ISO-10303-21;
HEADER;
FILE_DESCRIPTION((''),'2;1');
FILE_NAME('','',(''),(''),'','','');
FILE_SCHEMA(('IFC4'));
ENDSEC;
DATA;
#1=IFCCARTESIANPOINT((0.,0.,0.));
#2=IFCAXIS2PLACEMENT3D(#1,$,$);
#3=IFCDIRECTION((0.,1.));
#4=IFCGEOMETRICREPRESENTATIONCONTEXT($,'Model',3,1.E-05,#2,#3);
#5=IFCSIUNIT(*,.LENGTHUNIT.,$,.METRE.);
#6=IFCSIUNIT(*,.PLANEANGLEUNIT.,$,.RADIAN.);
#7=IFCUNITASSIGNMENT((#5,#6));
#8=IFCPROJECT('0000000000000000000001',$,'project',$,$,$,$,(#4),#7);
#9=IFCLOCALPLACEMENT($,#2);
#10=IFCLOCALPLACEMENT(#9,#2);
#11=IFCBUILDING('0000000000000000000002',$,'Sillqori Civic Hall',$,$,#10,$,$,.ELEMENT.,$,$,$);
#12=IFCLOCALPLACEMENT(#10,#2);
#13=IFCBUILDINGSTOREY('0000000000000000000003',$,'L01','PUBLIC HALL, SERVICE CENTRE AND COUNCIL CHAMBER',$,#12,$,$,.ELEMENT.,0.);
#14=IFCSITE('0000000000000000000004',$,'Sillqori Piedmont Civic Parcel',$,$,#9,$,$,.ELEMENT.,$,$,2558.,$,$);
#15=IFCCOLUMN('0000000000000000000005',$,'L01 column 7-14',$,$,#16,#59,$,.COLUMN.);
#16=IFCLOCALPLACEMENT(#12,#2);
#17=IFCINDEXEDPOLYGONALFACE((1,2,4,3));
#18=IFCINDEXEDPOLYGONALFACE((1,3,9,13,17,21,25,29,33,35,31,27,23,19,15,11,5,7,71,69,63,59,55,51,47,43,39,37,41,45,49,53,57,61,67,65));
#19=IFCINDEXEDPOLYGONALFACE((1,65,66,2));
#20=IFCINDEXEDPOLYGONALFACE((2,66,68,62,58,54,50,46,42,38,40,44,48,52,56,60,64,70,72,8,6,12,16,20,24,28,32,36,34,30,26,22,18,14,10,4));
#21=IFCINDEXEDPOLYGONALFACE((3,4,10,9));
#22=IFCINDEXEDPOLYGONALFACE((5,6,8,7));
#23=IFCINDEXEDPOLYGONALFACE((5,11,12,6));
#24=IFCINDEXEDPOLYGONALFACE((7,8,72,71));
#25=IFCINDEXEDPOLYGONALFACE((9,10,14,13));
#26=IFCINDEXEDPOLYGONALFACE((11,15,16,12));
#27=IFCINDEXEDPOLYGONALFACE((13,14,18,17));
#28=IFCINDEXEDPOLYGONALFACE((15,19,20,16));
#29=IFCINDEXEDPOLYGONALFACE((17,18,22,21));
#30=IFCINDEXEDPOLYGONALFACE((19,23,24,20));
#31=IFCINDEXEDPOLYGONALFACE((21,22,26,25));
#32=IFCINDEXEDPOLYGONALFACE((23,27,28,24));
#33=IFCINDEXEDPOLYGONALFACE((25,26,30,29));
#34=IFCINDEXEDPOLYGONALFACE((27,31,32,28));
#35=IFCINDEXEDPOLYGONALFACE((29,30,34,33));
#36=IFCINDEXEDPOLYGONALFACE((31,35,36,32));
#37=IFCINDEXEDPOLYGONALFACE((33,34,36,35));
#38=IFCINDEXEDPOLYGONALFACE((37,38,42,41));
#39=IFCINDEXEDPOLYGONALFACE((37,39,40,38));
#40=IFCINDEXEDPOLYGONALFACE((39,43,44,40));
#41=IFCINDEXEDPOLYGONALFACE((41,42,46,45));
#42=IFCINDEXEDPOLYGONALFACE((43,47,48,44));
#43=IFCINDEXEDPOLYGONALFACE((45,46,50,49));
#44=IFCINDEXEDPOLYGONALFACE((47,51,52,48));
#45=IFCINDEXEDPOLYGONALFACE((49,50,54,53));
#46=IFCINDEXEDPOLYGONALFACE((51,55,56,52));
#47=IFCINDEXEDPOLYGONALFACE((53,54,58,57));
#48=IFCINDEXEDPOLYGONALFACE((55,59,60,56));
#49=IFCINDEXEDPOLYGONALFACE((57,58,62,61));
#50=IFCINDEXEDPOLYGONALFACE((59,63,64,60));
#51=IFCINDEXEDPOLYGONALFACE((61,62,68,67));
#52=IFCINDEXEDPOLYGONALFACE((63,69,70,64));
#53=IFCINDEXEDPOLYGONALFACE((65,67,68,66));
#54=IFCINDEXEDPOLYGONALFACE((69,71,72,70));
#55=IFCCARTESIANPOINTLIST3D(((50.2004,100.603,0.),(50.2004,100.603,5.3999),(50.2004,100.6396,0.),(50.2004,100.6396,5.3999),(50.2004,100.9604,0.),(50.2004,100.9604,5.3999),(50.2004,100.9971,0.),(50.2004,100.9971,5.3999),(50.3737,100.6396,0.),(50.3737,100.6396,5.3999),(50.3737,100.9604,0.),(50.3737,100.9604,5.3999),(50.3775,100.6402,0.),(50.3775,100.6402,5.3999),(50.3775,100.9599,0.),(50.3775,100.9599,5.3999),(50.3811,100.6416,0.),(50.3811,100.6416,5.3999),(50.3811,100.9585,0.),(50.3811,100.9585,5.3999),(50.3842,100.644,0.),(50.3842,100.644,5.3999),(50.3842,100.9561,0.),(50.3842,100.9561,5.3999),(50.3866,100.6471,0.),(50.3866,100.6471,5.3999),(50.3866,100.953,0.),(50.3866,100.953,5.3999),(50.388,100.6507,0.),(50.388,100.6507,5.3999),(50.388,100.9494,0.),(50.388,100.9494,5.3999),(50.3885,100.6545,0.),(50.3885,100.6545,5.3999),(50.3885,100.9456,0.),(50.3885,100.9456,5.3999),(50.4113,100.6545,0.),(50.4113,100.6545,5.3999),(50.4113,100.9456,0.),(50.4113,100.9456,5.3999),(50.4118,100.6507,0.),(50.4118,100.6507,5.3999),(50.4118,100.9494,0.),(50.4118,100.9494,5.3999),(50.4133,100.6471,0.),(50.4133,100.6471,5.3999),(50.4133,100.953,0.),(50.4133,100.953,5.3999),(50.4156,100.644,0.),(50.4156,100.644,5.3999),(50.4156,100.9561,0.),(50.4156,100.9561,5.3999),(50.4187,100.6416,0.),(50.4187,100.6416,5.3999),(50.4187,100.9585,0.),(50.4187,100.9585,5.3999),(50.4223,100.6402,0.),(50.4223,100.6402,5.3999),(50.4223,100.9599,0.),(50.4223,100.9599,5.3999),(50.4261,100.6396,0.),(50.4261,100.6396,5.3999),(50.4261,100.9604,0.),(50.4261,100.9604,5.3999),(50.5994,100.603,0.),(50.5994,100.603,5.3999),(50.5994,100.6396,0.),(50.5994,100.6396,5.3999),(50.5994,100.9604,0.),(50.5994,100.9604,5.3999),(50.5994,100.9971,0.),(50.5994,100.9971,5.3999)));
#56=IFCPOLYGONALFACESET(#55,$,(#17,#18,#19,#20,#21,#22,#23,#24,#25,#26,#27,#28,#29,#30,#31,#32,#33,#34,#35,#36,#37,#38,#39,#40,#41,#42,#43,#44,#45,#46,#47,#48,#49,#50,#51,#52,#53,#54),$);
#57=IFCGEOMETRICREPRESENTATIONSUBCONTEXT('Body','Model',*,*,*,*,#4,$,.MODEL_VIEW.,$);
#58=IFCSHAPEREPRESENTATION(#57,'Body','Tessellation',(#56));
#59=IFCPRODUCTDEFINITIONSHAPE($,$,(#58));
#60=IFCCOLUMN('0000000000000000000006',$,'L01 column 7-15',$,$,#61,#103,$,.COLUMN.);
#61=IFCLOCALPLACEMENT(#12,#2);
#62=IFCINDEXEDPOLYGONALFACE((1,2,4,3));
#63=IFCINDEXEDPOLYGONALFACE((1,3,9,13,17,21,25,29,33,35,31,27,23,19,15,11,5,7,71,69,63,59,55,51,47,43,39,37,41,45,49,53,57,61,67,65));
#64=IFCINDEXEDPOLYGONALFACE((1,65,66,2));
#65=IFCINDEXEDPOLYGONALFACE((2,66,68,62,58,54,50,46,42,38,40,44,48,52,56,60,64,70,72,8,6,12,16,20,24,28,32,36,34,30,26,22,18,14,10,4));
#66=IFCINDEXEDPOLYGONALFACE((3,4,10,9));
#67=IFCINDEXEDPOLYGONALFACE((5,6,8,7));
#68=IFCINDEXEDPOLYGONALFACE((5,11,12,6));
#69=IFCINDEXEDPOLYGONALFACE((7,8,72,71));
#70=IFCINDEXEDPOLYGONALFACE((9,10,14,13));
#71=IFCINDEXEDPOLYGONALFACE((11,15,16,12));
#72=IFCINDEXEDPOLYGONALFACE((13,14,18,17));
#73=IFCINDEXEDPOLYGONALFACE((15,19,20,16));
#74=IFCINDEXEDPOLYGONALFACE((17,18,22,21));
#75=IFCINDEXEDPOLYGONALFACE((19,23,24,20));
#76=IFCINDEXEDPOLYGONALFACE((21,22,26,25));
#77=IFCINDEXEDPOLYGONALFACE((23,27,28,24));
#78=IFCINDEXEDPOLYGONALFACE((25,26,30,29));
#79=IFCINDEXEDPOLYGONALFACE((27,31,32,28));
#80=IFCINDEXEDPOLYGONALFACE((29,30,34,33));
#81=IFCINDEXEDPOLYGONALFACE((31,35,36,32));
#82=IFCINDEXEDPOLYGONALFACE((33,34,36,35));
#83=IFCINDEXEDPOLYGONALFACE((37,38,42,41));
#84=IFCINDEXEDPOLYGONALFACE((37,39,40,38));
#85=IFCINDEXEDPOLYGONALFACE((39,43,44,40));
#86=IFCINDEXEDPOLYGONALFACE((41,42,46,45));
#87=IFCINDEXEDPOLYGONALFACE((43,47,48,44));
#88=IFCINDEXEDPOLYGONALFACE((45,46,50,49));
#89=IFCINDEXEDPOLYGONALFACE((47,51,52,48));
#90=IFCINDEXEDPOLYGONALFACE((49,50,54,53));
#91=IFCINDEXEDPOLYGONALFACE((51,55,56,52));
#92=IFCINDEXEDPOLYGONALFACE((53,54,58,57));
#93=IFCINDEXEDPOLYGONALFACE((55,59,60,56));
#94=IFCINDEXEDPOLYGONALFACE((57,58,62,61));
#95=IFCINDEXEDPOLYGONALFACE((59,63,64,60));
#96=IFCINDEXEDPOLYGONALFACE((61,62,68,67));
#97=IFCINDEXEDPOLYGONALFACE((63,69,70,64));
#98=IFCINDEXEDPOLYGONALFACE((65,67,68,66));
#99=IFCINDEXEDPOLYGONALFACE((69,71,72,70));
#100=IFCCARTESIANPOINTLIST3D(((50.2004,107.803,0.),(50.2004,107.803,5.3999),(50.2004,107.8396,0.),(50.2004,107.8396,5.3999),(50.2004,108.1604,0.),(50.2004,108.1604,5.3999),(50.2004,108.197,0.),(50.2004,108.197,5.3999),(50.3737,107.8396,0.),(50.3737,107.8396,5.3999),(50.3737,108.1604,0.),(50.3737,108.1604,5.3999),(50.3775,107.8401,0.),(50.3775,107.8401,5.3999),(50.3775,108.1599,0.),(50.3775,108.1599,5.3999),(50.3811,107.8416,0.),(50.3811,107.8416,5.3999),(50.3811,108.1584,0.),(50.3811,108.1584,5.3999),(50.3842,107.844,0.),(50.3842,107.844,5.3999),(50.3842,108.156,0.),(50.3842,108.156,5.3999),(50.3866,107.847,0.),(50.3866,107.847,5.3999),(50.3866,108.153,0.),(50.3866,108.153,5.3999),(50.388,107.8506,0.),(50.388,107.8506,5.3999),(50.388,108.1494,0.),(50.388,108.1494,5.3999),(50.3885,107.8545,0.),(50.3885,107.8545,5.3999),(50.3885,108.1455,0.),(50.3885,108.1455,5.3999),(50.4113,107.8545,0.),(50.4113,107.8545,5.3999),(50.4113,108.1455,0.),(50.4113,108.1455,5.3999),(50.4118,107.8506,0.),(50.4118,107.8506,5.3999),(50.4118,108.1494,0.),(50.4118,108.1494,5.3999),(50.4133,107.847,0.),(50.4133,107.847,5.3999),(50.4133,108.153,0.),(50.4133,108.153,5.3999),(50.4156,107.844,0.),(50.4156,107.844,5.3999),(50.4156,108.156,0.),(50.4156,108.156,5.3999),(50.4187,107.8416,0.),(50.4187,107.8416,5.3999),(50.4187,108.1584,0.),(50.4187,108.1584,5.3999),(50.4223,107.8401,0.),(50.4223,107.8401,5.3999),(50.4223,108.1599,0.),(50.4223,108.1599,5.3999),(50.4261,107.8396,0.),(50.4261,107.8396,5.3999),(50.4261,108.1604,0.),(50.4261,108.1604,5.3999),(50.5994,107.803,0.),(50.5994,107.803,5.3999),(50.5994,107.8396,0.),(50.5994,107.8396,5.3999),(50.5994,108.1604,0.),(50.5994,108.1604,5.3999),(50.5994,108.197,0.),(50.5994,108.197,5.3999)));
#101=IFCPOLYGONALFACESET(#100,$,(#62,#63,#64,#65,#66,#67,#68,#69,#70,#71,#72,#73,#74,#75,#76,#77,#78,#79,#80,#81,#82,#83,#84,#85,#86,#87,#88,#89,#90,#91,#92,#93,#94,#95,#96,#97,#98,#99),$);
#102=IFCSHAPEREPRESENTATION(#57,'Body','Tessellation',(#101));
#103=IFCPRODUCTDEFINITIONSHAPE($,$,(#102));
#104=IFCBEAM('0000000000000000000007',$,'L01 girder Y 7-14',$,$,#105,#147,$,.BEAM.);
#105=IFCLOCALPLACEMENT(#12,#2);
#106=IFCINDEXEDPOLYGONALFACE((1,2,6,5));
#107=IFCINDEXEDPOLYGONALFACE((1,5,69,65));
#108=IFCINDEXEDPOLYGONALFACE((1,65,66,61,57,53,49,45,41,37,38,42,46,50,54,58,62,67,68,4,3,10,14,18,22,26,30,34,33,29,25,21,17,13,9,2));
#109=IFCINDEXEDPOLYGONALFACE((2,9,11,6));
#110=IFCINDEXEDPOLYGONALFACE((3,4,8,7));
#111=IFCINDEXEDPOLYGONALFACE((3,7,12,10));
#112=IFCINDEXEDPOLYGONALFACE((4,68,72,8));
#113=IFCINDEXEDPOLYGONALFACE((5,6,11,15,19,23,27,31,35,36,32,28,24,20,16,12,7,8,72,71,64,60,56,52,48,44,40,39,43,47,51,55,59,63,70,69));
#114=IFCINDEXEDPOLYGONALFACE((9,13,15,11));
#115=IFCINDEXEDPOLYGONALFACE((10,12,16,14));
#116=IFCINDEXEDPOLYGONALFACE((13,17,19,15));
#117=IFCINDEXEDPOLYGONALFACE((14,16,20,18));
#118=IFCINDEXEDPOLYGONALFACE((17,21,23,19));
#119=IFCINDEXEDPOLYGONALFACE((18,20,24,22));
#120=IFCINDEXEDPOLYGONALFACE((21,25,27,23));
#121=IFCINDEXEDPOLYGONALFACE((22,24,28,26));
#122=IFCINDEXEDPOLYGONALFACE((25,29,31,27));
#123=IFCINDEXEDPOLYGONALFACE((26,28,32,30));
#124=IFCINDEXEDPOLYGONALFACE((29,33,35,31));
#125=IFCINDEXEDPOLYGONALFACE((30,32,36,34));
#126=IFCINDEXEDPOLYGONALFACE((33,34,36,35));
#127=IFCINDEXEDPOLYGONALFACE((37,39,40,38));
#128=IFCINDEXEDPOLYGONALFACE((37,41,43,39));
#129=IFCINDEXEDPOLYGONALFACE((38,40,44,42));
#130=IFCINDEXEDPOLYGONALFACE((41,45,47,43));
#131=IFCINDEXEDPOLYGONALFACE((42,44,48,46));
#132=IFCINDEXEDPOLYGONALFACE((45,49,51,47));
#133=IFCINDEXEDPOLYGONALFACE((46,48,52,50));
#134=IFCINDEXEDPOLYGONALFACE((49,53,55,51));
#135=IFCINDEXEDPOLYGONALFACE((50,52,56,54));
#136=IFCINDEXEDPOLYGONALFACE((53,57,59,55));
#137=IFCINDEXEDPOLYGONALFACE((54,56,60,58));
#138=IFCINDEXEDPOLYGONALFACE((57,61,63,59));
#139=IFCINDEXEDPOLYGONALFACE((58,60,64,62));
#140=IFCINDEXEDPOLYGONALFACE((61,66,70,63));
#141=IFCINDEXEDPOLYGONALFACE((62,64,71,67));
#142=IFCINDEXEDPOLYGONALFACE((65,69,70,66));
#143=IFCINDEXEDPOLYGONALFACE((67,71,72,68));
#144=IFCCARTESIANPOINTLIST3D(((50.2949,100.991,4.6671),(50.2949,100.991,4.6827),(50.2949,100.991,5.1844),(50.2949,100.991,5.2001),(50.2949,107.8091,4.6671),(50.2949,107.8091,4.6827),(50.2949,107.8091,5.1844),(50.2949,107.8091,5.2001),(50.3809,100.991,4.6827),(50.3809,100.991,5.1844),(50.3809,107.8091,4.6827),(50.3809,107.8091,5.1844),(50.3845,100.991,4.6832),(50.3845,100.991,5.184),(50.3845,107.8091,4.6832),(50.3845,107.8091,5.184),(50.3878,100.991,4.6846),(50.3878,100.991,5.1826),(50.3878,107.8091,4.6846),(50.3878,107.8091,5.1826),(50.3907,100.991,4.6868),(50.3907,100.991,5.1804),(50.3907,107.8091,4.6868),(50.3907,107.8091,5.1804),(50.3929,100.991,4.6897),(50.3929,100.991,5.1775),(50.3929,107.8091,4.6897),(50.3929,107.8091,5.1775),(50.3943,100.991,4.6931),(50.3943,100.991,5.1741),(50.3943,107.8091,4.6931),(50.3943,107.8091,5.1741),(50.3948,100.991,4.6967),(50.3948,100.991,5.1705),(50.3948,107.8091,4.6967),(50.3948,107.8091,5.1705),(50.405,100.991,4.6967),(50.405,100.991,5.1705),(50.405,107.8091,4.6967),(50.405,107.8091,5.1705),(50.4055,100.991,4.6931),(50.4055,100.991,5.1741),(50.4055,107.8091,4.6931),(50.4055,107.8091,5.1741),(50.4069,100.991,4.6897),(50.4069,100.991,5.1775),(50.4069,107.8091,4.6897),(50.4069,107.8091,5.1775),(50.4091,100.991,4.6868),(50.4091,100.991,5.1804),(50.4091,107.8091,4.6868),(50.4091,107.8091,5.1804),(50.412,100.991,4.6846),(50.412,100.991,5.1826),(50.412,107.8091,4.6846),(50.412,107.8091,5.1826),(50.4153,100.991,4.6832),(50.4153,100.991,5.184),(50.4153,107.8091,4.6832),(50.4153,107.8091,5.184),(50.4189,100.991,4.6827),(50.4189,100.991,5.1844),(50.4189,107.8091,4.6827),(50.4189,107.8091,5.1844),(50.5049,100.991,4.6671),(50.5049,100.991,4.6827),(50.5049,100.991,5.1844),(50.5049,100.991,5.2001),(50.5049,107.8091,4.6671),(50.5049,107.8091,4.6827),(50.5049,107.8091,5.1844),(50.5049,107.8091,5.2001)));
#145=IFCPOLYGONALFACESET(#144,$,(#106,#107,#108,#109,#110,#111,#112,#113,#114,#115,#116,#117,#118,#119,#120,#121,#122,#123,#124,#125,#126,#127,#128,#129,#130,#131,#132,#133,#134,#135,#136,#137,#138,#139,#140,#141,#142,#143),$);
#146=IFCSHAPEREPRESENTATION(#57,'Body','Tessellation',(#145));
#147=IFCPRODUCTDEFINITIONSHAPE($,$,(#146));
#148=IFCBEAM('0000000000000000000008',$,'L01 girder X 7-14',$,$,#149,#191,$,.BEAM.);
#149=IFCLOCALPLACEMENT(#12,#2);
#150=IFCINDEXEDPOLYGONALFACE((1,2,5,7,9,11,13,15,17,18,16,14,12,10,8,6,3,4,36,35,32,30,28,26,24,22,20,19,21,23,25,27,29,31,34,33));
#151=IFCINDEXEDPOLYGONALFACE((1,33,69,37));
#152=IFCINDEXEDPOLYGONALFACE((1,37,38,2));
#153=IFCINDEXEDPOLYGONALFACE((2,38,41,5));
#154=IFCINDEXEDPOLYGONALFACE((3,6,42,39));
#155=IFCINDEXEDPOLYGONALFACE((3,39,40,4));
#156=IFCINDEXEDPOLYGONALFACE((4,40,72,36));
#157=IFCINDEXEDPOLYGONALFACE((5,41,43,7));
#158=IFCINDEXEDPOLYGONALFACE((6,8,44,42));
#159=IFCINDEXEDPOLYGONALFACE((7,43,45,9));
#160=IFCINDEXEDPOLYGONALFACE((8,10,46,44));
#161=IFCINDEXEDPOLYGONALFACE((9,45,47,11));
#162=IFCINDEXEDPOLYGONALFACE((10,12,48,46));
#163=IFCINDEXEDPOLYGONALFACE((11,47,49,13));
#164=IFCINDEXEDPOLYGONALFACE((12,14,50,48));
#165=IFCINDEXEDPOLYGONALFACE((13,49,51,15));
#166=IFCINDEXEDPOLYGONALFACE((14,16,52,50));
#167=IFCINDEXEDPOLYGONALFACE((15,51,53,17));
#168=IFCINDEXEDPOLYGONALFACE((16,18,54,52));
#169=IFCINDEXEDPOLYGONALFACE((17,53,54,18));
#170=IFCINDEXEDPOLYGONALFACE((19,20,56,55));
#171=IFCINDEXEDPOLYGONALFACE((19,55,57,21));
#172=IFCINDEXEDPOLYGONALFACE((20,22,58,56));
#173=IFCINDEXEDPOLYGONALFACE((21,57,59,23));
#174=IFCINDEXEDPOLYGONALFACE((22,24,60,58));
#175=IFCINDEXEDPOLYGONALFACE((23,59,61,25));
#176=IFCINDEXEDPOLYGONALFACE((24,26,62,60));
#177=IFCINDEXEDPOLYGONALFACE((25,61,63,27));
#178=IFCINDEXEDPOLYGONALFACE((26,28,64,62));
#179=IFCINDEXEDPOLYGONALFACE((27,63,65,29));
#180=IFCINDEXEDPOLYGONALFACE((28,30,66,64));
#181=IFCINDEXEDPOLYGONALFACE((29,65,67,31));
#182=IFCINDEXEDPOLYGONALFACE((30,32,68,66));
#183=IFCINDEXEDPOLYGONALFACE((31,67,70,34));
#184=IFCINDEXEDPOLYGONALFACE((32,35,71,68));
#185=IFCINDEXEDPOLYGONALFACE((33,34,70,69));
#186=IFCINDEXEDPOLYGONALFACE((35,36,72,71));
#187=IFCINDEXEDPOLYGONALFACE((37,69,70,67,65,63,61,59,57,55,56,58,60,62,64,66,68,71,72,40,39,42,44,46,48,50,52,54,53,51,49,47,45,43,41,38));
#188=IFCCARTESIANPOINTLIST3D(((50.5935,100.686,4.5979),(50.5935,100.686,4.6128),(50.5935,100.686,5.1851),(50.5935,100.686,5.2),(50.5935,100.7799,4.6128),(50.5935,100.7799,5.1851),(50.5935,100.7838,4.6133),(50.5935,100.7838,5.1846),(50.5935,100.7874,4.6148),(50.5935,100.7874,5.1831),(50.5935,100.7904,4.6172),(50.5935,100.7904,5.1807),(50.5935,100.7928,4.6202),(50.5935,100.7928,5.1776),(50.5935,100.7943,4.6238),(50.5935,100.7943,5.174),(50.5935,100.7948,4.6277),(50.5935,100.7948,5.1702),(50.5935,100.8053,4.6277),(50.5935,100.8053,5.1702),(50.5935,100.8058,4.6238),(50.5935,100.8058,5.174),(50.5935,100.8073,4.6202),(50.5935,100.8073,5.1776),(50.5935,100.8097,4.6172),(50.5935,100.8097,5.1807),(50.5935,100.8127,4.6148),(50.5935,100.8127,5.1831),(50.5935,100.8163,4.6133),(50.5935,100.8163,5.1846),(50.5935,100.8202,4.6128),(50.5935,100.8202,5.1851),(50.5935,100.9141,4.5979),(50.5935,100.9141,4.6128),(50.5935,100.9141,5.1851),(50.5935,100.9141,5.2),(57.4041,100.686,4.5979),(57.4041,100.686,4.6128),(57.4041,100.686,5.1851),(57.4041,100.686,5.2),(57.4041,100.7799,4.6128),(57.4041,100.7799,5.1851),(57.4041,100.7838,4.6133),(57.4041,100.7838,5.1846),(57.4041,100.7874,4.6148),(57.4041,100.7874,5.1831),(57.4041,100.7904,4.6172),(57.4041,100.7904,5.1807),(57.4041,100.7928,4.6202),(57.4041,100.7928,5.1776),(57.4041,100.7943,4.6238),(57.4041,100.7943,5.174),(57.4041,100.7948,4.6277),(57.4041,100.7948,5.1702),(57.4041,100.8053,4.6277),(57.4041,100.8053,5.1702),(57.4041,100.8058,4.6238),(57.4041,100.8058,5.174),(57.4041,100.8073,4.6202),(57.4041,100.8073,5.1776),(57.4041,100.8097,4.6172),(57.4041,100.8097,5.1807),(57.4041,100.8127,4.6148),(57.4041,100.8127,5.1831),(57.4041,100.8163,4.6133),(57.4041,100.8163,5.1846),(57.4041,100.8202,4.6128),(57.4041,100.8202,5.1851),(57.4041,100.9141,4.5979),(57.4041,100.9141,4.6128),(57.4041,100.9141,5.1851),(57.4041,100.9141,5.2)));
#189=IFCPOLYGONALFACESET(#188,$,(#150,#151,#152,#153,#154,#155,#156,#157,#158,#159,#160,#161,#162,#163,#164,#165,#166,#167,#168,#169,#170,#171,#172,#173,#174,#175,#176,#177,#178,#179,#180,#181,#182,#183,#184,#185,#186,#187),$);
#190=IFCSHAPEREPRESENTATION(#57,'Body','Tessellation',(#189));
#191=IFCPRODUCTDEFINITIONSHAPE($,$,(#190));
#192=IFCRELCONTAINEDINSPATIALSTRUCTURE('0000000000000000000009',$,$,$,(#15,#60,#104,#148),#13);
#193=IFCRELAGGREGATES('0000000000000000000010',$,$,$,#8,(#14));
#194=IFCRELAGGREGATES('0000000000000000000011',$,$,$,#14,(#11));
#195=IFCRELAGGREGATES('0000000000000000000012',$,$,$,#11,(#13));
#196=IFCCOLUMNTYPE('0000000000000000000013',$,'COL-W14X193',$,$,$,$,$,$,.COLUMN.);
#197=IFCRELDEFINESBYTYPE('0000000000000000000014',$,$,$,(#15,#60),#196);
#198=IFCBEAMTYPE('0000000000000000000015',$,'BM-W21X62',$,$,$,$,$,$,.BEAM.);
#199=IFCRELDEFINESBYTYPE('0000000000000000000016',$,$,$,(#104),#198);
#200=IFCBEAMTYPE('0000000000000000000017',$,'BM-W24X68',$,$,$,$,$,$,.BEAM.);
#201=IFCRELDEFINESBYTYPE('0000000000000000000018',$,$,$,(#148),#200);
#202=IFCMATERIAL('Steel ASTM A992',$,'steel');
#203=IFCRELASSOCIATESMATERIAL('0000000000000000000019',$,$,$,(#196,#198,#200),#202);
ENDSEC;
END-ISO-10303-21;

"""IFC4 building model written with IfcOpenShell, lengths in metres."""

from ifc_helpers import new_model, si_unit, direction, frame, origin, origin_2d, place, context, subcontext, project, spatial, i_section, extrude, material, material_profile, profile_set, type_object, element, save


model = new_model("IFC4")

# Units and contexts
model_context = context("Model", 3, precision=1e-05, world=origin(), true_north=direction((0.0, 1.0)))
body_context = subcontext(model_context, "Body", "Model", "MODEL_VIEW")
ifc_project = project(units=[si_unit("LENGTHUNIT", "METRE"), si_unit("PLANEANGLEUNIT", "RADIAN")], contexts=[model_context])

# Site, building, storey
site_placement = place(None, origin())
site = spatial("IfcSite", under=ifc_project, at=site_placement, Name="Sillqori Piedmont Civic Parcel", CompositionType="ELEMENT", RefElevation=2558.0)
building_placement = place(site_placement, origin())
building = spatial("IfcBuilding", under=site, at=building_placement, Name="Sillqori Civic Hall", CompositionType="ELEMENT")
storey_placement = place(building_placement, origin())
storey = spatial("IfcBuildingStorey", under=building, at=storey_placement, Name="L01", Description="PUBLIC HALL, SERVICE CENTRE AND COUNCIL CHAMBER", CompositionType="ELEMENT", Elevation=0.0)

# Columns
ifc_material_1 = material(Name="Steel ASTM A992", Category="steel")
ifc_material_profile_1 = material_profile(ifc_material_1, i_section(OverallWidth=0.3989, OverallDepth=0.394, WebThickness=0.0227, FlangeThickness=0.0366, FilletRadius=0.0149, at=origin_2d()), Name="W14X193")
ifc_profile_set_1 = profile_set([ifc_material_profile_1], Name="Steel ASTM A992")
column_type = type_object("IfcColumnType", Name="COL-W14X193", PredefinedType="COLUMN", material=ifc_profile_set_1)
for number, where, z_axis, x_axis, name in (
    (1, (50.3999, 100.8, 0.0), (0.0, 0.0, 1.0), (1.0, 0.0, 0.0), "L01 column 7-14"),
    (2, (50.3999, 108.0, 0.0), (0.0, 0.0, 1.0), (1.0, 0.0, 0.0), "L01 column 7-15"),
):
    element("IfcColumn", number, at=place(storey_placement, frame(where, z_axis=z_axis, x_axis=x_axis)), inside=storey, type_object=column_type, Name=name, PredefinedType="COLUMN", context=body_context, shape_type="SweptSolid", body=[
        extrude(i_section(OverallWidth=0.3989, OverallDepth=0.394, WebThickness=0.0227, FlangeThickness=0.0366, FilletRadius=0.0149, at=origin_2d()), origin(), (0.0, 0.0, 1.0), 5.3999),
    ])

# Beams
ifc_material_profile_2 = material_profile(ifc_material_1, i_section(OverallWidth=0.21, OverallDepth=0.533, WebThickness=0.0103, FlangeThickness=0.0156, FilletRadius=0.0139, at=origin_2d()), Name="W21X62")
ifc_profile_set_2 = profile_set([ifc_material_profile_2], Name="Steel ASTM A992")
beam_type_1 = type_object("IfcBeamType", Name="BM-W21X62", PredefinedType="BEAM", material=ifc_profile_set_2)
beam_1_placement = place(storey_placement, frame((50.3999, 100.991, 4.9336), z_axis=(0.0, 1.0, 0.0), x_axis=(-1.0, 0.0, 0.0)))
element("IfcBeam", 3, at=beam_1_placement, inside=storey, type_object=beam_type_1, Name="L01 girder Y 7-14", PredefinedType="BEAM", context=body_context, shape_type="SweptSolid", body=[
    extrude(i_section(OverallWidth=0.21, OverallDepth=0.533, WebThickness=0.0103, FlangeThickness=0.0156, FilletRadius=0.0139, at=origin_2d()), origin(), (0.0, 0.0, 1.0), 6.8181),
])
ifc_material_profile_3 = material_profile(ifc_material_1, i_section(OverallWidth=0.228, OverallDepth=0.6021, WebThickness=0.0105, FlangeThickness=0.0149, FilletRadius=0.0149, at=origin_2d()), Name="W24X68")
ifc_profile_set_3 = profile_set([ifc_material_profile_3], Name="Steel ASTM A992")
beam_type_2 = type_object("IfcBeamType", Name="BM-W24X68", PredefinedType="BEAM", material=ifc_profile_set_3)
beam_2_placement = place(storey_placement, frame((50.5935, 100.8, 4.8989), z_axis=(1.0, 0.0, 0.0), x_axis=(0.0, 1.0, 0.0)))
element("IfcBeam", 4, at=beam_2_placement, inside=storey, type_object=beam_type_2, Name="L01 girder X 7-14", PredefinedType="BEAM", context=body_context, shape_type="SweptSolid", body=[
    extrude(i_section(OverallWidth=0.228, OverallDepth=0.6021, WebThickness=0.0105, FlangeThickness=0.0149, FilletRadius=0.0149, at=origin_2d()), origin(), (0.0, 0.0, 1.0), 6.8105),
])

save(model, "model.ifc")
